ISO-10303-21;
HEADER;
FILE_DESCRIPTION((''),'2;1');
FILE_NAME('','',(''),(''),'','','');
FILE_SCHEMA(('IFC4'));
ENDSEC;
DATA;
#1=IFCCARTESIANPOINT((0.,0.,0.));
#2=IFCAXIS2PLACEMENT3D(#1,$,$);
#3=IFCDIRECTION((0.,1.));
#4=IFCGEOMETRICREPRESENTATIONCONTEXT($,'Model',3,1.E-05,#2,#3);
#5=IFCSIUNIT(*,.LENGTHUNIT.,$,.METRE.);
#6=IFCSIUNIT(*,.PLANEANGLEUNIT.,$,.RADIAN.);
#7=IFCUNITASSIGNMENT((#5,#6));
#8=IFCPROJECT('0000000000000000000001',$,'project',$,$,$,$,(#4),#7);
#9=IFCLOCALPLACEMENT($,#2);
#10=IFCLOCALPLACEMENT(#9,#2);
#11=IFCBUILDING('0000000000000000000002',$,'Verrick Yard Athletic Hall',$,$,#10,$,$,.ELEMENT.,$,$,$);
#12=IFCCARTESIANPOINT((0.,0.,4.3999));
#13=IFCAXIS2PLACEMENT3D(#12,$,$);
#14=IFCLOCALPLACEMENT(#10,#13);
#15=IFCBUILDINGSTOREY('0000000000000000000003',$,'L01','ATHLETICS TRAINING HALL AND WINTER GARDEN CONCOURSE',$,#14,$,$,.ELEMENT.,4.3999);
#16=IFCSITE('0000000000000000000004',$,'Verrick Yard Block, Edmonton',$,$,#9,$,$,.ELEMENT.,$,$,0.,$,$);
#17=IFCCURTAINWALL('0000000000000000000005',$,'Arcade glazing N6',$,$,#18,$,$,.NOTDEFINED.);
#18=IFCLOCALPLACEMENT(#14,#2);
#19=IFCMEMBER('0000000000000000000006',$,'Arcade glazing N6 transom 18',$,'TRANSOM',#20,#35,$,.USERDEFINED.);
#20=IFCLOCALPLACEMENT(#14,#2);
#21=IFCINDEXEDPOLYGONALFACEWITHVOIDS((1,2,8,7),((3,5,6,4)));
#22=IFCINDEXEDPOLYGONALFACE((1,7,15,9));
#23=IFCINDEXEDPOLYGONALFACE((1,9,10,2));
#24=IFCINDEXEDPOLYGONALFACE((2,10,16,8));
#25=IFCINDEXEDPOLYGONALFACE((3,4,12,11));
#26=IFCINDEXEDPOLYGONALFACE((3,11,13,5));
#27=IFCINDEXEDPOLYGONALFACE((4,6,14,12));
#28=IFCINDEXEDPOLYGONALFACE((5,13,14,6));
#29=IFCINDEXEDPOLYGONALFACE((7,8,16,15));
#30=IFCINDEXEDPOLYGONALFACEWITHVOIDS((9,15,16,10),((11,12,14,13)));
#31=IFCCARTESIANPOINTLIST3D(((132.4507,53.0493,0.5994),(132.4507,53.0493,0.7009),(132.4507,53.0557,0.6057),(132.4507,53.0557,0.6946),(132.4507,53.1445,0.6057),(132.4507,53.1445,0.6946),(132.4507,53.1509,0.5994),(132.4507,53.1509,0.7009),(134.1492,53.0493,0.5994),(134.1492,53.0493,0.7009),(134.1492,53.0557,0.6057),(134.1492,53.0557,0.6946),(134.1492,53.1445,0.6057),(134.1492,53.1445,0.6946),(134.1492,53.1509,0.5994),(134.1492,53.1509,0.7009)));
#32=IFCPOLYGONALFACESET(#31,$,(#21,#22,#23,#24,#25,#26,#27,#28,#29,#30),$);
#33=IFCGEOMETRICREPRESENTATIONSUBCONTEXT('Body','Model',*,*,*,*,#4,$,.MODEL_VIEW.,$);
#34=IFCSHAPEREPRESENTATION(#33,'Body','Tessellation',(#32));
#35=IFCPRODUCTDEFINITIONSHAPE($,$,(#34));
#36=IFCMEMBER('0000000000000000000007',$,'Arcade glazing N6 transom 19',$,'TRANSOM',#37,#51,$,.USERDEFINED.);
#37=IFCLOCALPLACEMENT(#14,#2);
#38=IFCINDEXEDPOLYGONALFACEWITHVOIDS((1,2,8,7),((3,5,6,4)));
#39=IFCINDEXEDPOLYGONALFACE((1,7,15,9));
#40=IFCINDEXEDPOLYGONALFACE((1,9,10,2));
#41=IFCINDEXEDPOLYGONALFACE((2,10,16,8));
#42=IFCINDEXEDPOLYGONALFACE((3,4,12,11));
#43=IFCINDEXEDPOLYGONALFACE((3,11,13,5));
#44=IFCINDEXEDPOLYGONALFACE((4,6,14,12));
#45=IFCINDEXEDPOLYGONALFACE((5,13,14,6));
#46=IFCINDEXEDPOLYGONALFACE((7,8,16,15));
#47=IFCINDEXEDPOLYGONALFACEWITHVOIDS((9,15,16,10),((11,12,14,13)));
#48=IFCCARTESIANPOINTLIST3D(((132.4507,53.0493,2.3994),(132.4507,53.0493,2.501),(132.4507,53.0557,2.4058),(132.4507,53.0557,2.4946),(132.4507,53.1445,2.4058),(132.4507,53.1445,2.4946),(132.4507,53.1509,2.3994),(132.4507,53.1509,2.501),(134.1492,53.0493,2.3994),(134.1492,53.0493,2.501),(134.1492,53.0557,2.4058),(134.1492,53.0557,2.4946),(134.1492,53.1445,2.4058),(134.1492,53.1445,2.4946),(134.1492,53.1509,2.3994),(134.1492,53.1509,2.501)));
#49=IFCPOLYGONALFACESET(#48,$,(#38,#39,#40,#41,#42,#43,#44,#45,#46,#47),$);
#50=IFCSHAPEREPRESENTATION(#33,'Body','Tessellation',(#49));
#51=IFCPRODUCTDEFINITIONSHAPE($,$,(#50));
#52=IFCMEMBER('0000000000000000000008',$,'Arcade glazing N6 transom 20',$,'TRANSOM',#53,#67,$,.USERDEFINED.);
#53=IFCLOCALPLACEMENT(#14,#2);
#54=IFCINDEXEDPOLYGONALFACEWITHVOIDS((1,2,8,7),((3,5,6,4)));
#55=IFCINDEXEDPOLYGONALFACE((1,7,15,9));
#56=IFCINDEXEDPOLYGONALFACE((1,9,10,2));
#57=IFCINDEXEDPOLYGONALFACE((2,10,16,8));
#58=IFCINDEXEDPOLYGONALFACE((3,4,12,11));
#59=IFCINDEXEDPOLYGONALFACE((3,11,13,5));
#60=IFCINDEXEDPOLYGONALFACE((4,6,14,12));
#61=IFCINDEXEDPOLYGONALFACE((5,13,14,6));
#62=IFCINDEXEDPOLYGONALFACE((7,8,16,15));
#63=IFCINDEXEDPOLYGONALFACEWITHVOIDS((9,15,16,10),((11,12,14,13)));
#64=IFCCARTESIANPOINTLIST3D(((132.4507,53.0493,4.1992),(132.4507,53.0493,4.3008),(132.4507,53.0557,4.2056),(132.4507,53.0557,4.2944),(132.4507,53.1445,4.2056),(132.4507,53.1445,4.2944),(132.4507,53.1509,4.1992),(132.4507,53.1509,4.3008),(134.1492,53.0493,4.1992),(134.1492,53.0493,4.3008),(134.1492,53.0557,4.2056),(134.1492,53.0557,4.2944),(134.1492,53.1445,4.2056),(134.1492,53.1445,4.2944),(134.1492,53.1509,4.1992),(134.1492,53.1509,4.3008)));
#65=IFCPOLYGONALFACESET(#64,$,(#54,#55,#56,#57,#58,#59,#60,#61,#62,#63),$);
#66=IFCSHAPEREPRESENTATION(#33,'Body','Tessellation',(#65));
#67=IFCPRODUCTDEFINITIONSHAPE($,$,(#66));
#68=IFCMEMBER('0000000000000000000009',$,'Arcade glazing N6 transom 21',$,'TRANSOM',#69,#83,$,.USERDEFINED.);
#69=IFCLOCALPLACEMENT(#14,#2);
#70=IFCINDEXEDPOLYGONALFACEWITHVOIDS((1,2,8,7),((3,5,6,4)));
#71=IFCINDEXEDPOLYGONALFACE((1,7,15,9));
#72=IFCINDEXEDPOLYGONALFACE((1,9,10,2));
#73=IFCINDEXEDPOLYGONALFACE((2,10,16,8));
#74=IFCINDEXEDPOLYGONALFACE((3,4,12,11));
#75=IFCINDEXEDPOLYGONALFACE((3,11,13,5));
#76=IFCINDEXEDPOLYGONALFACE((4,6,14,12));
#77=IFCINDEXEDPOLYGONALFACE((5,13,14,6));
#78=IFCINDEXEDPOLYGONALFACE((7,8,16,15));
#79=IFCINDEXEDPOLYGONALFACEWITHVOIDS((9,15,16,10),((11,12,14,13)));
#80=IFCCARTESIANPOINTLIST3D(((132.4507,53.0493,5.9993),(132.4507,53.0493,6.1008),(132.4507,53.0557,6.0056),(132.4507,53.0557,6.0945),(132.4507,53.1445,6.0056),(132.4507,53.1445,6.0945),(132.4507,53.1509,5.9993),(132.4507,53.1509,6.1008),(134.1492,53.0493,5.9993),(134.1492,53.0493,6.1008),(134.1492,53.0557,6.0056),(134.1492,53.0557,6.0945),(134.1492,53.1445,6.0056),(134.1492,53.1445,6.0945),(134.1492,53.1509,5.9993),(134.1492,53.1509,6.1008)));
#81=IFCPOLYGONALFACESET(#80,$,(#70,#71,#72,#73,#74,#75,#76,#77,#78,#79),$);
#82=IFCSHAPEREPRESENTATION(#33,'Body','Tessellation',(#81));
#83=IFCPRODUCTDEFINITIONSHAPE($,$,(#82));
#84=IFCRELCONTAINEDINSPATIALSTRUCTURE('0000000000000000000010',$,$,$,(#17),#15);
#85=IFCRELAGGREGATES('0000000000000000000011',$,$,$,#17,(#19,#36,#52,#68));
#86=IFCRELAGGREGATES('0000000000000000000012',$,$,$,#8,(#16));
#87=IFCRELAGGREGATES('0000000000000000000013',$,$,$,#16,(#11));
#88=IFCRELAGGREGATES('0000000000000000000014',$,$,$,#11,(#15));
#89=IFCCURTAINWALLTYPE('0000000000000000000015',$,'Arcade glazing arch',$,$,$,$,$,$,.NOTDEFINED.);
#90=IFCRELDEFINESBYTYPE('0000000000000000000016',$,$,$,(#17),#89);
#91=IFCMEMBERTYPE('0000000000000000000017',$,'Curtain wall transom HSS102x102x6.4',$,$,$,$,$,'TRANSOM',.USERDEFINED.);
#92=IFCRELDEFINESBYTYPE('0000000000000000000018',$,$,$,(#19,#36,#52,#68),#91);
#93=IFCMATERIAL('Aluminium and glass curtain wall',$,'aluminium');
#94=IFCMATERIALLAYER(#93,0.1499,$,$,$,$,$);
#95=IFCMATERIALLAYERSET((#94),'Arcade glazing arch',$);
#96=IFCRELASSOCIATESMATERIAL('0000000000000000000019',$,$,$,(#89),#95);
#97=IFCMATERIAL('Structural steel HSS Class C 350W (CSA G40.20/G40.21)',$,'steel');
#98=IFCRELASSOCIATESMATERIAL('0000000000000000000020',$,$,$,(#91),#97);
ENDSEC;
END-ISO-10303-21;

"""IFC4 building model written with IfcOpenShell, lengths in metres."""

from ifc_helpers import new_model, si_unit, direction, frame, origin, origin_2d, place, context, subcontext, project, spatial, hollow_rectangle, extrude, material, layer, layer_set, material_profile, profile_set, type_object, element, aggregate, save


model = new_model("IFC4")

# Units and contexts
model_context = context("Model", 3, precision=1e-05, world=origin(), true_north=direction((0.0, 1.0)))
body_context = subcontext(model_context, "Body", "Model", "MODEL_VIEW")
ifc_project = project(units=[si_unit("LENGTHUNIT", "METRE"), si_unit("PLANEANGLEUNIT", "RADIAN")], contexts=[model_context])

# Site, building, storey
site_placement = place(None, origin())
site = spatial("IfcSite", under=ifc_project, at=site_placement, Name="Verrick Yard Block, Edmonton", CompositionType="ELEMENT", RefElevation=0.0)
building_placement = place(site_placement, origin())
building = spatial("IfcBuilding", under=site, at=building_placement, Name="Verrick Yard Athletic Hall", CompositionType="ELEMENT")
storey_placement = place(building_placement, frame((0.0, 0.0, 4.3999)))
storey = spatial("IfcBuildingStorey", under=building, at=storey_placement, Name="L01", Description="ATHLETICS TRAINING HALL AND WINTER GARDEN CONCOURSE", CompositionType="ELEMENT", Elevation=4.3999)

# Curtain wall, members
ifc_material_1 = material(Name="Aluminium and glass curtain wall", Category="aluminium")
ifc_layer_1 = layer(ifc_material_1, 0.1499)
ifc_layer_set_1 = layer_set([ifc_layer_1], Name="Arcade glazing arch")
curtain_wall_type = type_object("IfcCurtainWallType", Name="Arcade glazing arch", PredefinedType="NOTDEFINED", material=ifc_layer_set_1)
curtain_wall_placement = place(storey_placement, origin())
curtain_wall = element("IfcCurtainWall", 1, at=curtain_wall_placement, inside=storey, type_object=curtain_wall_type, Name="Arcade glazing N6", PredefinedType="NOTDEFINED")
ifc_material_2 = material(Name="Structural steel HSS Class C 350W (CSA G40.20/G40.21)", Category="steel")
ifc_material_profile_1 = material_profile(ifc_material_2, hollow_rectangle(XDim=0.1016, YDim=0.1016, WallThickness=0.0063, at=origin_2d()), Name="HSS102x102x6.4")
ifc_profile_set_1 = profile_set([ifc_material_profile_1], Name="Structural steel HSS Class C 350W (CSA G40.20/G40.21)")
member_type_1 = type_object("IfcMemberType", Name="Curtain wall transom HSS102x102x6.4", ElementType="TRANSOM", PredefinedType="USERDEFINED", material=ifc_profile_set_1)
member_1_placement = place(storey_placement, frame((132.4507, 53.1001, 0.6501), z_axis=(1.0, 0.0, 0.0), x_axis=(0.0, 1.0, 0.0)))
member_1 = element("IfcMember", 2, at=member_1_placement, type_object=member_type_1, Name="Arcade glazing N6 transom 18", ObjectType="TRANSOM", PredefinedType="USERDEFINED", context=body_context, shape_type="SweptSolid", body=[
    extrude(hollow_rectangle(XDim=0.1016, YDim=0.1016, WallThickness=0.0063, at=origin_2d()), origin(), (0.0, 0.0, 1.0), 1.6985),
])
member_2_placement = place(storey_placement, frame((132.4507, 53.1001, 2.4502), z_axis=(1.0, 0.0, 0.0), x_axis=(0.0, 1.0, 0.0)))
member_2 = element("IfcMember", 3, at=member_2_placement, type_object=member_type_1, Name="Arcade glazing N6 transom 19", ObjectType="TRANSOM", PredefinedType="USERDEFINED", context=body_context, shape_type="SweptSolid", body=[
    extrude(hollow_rectangle(XDim=0.1016, YDim=0.1016, WallThickness=0.0063, at=origin_2d()), origin(), (0.0, 0.0, 1.0), 1.6985),
])
member_3_placement = place(storey_placement, frame((132.4507, 53.1001, 4.25), z_axis=(1.0, 0.0, 0.0), x_axis=(0.0, 1.0, 0.0)))
member_3 = element("IfcMember", 4, at=member_3_placement, type_object=member_type_1, Name="Arcade glazing N6 transom 20", ObjectType="TRANSOM", PredefinedType="USERDEFINED", context=body_context, shape_type="SweptSolid", body=[
    extrude(hollow_rectangle(XDim=0.1016, YDim=0.1016, WallThickness=0.0063, at=origin_2d()), origin(), (0.0, 0.0, 1.0), 1.6985),
])
member_4_placement = place(storey_placement, frame((132.4507, 53.1001, 6.05), z_axis=(1.0, 0.0, 0.0), x_axis=(0.0, 1.0, 0.0)))
member_4 = element("IfcMember", 5, at=member_4_placement, type_object=member_type_1, Name="Arcade glazing N6 transom 21", ObjectType="TRANSOM", PredefinedType="USERDEFINED", context=body_context, shape_type="SweptSolid", body=[
    extrude(hollow_rectangle(XDim=0.1016, YDim=0.1016, WallThickness=0.0063, at=origin_2d()), origin(), (0.0, 0.0, 1.0), 1.6985),
])
aggregate(curtain_wall, [member_1, member_2, member_3, member_4])

save(model, "model.ifc")
